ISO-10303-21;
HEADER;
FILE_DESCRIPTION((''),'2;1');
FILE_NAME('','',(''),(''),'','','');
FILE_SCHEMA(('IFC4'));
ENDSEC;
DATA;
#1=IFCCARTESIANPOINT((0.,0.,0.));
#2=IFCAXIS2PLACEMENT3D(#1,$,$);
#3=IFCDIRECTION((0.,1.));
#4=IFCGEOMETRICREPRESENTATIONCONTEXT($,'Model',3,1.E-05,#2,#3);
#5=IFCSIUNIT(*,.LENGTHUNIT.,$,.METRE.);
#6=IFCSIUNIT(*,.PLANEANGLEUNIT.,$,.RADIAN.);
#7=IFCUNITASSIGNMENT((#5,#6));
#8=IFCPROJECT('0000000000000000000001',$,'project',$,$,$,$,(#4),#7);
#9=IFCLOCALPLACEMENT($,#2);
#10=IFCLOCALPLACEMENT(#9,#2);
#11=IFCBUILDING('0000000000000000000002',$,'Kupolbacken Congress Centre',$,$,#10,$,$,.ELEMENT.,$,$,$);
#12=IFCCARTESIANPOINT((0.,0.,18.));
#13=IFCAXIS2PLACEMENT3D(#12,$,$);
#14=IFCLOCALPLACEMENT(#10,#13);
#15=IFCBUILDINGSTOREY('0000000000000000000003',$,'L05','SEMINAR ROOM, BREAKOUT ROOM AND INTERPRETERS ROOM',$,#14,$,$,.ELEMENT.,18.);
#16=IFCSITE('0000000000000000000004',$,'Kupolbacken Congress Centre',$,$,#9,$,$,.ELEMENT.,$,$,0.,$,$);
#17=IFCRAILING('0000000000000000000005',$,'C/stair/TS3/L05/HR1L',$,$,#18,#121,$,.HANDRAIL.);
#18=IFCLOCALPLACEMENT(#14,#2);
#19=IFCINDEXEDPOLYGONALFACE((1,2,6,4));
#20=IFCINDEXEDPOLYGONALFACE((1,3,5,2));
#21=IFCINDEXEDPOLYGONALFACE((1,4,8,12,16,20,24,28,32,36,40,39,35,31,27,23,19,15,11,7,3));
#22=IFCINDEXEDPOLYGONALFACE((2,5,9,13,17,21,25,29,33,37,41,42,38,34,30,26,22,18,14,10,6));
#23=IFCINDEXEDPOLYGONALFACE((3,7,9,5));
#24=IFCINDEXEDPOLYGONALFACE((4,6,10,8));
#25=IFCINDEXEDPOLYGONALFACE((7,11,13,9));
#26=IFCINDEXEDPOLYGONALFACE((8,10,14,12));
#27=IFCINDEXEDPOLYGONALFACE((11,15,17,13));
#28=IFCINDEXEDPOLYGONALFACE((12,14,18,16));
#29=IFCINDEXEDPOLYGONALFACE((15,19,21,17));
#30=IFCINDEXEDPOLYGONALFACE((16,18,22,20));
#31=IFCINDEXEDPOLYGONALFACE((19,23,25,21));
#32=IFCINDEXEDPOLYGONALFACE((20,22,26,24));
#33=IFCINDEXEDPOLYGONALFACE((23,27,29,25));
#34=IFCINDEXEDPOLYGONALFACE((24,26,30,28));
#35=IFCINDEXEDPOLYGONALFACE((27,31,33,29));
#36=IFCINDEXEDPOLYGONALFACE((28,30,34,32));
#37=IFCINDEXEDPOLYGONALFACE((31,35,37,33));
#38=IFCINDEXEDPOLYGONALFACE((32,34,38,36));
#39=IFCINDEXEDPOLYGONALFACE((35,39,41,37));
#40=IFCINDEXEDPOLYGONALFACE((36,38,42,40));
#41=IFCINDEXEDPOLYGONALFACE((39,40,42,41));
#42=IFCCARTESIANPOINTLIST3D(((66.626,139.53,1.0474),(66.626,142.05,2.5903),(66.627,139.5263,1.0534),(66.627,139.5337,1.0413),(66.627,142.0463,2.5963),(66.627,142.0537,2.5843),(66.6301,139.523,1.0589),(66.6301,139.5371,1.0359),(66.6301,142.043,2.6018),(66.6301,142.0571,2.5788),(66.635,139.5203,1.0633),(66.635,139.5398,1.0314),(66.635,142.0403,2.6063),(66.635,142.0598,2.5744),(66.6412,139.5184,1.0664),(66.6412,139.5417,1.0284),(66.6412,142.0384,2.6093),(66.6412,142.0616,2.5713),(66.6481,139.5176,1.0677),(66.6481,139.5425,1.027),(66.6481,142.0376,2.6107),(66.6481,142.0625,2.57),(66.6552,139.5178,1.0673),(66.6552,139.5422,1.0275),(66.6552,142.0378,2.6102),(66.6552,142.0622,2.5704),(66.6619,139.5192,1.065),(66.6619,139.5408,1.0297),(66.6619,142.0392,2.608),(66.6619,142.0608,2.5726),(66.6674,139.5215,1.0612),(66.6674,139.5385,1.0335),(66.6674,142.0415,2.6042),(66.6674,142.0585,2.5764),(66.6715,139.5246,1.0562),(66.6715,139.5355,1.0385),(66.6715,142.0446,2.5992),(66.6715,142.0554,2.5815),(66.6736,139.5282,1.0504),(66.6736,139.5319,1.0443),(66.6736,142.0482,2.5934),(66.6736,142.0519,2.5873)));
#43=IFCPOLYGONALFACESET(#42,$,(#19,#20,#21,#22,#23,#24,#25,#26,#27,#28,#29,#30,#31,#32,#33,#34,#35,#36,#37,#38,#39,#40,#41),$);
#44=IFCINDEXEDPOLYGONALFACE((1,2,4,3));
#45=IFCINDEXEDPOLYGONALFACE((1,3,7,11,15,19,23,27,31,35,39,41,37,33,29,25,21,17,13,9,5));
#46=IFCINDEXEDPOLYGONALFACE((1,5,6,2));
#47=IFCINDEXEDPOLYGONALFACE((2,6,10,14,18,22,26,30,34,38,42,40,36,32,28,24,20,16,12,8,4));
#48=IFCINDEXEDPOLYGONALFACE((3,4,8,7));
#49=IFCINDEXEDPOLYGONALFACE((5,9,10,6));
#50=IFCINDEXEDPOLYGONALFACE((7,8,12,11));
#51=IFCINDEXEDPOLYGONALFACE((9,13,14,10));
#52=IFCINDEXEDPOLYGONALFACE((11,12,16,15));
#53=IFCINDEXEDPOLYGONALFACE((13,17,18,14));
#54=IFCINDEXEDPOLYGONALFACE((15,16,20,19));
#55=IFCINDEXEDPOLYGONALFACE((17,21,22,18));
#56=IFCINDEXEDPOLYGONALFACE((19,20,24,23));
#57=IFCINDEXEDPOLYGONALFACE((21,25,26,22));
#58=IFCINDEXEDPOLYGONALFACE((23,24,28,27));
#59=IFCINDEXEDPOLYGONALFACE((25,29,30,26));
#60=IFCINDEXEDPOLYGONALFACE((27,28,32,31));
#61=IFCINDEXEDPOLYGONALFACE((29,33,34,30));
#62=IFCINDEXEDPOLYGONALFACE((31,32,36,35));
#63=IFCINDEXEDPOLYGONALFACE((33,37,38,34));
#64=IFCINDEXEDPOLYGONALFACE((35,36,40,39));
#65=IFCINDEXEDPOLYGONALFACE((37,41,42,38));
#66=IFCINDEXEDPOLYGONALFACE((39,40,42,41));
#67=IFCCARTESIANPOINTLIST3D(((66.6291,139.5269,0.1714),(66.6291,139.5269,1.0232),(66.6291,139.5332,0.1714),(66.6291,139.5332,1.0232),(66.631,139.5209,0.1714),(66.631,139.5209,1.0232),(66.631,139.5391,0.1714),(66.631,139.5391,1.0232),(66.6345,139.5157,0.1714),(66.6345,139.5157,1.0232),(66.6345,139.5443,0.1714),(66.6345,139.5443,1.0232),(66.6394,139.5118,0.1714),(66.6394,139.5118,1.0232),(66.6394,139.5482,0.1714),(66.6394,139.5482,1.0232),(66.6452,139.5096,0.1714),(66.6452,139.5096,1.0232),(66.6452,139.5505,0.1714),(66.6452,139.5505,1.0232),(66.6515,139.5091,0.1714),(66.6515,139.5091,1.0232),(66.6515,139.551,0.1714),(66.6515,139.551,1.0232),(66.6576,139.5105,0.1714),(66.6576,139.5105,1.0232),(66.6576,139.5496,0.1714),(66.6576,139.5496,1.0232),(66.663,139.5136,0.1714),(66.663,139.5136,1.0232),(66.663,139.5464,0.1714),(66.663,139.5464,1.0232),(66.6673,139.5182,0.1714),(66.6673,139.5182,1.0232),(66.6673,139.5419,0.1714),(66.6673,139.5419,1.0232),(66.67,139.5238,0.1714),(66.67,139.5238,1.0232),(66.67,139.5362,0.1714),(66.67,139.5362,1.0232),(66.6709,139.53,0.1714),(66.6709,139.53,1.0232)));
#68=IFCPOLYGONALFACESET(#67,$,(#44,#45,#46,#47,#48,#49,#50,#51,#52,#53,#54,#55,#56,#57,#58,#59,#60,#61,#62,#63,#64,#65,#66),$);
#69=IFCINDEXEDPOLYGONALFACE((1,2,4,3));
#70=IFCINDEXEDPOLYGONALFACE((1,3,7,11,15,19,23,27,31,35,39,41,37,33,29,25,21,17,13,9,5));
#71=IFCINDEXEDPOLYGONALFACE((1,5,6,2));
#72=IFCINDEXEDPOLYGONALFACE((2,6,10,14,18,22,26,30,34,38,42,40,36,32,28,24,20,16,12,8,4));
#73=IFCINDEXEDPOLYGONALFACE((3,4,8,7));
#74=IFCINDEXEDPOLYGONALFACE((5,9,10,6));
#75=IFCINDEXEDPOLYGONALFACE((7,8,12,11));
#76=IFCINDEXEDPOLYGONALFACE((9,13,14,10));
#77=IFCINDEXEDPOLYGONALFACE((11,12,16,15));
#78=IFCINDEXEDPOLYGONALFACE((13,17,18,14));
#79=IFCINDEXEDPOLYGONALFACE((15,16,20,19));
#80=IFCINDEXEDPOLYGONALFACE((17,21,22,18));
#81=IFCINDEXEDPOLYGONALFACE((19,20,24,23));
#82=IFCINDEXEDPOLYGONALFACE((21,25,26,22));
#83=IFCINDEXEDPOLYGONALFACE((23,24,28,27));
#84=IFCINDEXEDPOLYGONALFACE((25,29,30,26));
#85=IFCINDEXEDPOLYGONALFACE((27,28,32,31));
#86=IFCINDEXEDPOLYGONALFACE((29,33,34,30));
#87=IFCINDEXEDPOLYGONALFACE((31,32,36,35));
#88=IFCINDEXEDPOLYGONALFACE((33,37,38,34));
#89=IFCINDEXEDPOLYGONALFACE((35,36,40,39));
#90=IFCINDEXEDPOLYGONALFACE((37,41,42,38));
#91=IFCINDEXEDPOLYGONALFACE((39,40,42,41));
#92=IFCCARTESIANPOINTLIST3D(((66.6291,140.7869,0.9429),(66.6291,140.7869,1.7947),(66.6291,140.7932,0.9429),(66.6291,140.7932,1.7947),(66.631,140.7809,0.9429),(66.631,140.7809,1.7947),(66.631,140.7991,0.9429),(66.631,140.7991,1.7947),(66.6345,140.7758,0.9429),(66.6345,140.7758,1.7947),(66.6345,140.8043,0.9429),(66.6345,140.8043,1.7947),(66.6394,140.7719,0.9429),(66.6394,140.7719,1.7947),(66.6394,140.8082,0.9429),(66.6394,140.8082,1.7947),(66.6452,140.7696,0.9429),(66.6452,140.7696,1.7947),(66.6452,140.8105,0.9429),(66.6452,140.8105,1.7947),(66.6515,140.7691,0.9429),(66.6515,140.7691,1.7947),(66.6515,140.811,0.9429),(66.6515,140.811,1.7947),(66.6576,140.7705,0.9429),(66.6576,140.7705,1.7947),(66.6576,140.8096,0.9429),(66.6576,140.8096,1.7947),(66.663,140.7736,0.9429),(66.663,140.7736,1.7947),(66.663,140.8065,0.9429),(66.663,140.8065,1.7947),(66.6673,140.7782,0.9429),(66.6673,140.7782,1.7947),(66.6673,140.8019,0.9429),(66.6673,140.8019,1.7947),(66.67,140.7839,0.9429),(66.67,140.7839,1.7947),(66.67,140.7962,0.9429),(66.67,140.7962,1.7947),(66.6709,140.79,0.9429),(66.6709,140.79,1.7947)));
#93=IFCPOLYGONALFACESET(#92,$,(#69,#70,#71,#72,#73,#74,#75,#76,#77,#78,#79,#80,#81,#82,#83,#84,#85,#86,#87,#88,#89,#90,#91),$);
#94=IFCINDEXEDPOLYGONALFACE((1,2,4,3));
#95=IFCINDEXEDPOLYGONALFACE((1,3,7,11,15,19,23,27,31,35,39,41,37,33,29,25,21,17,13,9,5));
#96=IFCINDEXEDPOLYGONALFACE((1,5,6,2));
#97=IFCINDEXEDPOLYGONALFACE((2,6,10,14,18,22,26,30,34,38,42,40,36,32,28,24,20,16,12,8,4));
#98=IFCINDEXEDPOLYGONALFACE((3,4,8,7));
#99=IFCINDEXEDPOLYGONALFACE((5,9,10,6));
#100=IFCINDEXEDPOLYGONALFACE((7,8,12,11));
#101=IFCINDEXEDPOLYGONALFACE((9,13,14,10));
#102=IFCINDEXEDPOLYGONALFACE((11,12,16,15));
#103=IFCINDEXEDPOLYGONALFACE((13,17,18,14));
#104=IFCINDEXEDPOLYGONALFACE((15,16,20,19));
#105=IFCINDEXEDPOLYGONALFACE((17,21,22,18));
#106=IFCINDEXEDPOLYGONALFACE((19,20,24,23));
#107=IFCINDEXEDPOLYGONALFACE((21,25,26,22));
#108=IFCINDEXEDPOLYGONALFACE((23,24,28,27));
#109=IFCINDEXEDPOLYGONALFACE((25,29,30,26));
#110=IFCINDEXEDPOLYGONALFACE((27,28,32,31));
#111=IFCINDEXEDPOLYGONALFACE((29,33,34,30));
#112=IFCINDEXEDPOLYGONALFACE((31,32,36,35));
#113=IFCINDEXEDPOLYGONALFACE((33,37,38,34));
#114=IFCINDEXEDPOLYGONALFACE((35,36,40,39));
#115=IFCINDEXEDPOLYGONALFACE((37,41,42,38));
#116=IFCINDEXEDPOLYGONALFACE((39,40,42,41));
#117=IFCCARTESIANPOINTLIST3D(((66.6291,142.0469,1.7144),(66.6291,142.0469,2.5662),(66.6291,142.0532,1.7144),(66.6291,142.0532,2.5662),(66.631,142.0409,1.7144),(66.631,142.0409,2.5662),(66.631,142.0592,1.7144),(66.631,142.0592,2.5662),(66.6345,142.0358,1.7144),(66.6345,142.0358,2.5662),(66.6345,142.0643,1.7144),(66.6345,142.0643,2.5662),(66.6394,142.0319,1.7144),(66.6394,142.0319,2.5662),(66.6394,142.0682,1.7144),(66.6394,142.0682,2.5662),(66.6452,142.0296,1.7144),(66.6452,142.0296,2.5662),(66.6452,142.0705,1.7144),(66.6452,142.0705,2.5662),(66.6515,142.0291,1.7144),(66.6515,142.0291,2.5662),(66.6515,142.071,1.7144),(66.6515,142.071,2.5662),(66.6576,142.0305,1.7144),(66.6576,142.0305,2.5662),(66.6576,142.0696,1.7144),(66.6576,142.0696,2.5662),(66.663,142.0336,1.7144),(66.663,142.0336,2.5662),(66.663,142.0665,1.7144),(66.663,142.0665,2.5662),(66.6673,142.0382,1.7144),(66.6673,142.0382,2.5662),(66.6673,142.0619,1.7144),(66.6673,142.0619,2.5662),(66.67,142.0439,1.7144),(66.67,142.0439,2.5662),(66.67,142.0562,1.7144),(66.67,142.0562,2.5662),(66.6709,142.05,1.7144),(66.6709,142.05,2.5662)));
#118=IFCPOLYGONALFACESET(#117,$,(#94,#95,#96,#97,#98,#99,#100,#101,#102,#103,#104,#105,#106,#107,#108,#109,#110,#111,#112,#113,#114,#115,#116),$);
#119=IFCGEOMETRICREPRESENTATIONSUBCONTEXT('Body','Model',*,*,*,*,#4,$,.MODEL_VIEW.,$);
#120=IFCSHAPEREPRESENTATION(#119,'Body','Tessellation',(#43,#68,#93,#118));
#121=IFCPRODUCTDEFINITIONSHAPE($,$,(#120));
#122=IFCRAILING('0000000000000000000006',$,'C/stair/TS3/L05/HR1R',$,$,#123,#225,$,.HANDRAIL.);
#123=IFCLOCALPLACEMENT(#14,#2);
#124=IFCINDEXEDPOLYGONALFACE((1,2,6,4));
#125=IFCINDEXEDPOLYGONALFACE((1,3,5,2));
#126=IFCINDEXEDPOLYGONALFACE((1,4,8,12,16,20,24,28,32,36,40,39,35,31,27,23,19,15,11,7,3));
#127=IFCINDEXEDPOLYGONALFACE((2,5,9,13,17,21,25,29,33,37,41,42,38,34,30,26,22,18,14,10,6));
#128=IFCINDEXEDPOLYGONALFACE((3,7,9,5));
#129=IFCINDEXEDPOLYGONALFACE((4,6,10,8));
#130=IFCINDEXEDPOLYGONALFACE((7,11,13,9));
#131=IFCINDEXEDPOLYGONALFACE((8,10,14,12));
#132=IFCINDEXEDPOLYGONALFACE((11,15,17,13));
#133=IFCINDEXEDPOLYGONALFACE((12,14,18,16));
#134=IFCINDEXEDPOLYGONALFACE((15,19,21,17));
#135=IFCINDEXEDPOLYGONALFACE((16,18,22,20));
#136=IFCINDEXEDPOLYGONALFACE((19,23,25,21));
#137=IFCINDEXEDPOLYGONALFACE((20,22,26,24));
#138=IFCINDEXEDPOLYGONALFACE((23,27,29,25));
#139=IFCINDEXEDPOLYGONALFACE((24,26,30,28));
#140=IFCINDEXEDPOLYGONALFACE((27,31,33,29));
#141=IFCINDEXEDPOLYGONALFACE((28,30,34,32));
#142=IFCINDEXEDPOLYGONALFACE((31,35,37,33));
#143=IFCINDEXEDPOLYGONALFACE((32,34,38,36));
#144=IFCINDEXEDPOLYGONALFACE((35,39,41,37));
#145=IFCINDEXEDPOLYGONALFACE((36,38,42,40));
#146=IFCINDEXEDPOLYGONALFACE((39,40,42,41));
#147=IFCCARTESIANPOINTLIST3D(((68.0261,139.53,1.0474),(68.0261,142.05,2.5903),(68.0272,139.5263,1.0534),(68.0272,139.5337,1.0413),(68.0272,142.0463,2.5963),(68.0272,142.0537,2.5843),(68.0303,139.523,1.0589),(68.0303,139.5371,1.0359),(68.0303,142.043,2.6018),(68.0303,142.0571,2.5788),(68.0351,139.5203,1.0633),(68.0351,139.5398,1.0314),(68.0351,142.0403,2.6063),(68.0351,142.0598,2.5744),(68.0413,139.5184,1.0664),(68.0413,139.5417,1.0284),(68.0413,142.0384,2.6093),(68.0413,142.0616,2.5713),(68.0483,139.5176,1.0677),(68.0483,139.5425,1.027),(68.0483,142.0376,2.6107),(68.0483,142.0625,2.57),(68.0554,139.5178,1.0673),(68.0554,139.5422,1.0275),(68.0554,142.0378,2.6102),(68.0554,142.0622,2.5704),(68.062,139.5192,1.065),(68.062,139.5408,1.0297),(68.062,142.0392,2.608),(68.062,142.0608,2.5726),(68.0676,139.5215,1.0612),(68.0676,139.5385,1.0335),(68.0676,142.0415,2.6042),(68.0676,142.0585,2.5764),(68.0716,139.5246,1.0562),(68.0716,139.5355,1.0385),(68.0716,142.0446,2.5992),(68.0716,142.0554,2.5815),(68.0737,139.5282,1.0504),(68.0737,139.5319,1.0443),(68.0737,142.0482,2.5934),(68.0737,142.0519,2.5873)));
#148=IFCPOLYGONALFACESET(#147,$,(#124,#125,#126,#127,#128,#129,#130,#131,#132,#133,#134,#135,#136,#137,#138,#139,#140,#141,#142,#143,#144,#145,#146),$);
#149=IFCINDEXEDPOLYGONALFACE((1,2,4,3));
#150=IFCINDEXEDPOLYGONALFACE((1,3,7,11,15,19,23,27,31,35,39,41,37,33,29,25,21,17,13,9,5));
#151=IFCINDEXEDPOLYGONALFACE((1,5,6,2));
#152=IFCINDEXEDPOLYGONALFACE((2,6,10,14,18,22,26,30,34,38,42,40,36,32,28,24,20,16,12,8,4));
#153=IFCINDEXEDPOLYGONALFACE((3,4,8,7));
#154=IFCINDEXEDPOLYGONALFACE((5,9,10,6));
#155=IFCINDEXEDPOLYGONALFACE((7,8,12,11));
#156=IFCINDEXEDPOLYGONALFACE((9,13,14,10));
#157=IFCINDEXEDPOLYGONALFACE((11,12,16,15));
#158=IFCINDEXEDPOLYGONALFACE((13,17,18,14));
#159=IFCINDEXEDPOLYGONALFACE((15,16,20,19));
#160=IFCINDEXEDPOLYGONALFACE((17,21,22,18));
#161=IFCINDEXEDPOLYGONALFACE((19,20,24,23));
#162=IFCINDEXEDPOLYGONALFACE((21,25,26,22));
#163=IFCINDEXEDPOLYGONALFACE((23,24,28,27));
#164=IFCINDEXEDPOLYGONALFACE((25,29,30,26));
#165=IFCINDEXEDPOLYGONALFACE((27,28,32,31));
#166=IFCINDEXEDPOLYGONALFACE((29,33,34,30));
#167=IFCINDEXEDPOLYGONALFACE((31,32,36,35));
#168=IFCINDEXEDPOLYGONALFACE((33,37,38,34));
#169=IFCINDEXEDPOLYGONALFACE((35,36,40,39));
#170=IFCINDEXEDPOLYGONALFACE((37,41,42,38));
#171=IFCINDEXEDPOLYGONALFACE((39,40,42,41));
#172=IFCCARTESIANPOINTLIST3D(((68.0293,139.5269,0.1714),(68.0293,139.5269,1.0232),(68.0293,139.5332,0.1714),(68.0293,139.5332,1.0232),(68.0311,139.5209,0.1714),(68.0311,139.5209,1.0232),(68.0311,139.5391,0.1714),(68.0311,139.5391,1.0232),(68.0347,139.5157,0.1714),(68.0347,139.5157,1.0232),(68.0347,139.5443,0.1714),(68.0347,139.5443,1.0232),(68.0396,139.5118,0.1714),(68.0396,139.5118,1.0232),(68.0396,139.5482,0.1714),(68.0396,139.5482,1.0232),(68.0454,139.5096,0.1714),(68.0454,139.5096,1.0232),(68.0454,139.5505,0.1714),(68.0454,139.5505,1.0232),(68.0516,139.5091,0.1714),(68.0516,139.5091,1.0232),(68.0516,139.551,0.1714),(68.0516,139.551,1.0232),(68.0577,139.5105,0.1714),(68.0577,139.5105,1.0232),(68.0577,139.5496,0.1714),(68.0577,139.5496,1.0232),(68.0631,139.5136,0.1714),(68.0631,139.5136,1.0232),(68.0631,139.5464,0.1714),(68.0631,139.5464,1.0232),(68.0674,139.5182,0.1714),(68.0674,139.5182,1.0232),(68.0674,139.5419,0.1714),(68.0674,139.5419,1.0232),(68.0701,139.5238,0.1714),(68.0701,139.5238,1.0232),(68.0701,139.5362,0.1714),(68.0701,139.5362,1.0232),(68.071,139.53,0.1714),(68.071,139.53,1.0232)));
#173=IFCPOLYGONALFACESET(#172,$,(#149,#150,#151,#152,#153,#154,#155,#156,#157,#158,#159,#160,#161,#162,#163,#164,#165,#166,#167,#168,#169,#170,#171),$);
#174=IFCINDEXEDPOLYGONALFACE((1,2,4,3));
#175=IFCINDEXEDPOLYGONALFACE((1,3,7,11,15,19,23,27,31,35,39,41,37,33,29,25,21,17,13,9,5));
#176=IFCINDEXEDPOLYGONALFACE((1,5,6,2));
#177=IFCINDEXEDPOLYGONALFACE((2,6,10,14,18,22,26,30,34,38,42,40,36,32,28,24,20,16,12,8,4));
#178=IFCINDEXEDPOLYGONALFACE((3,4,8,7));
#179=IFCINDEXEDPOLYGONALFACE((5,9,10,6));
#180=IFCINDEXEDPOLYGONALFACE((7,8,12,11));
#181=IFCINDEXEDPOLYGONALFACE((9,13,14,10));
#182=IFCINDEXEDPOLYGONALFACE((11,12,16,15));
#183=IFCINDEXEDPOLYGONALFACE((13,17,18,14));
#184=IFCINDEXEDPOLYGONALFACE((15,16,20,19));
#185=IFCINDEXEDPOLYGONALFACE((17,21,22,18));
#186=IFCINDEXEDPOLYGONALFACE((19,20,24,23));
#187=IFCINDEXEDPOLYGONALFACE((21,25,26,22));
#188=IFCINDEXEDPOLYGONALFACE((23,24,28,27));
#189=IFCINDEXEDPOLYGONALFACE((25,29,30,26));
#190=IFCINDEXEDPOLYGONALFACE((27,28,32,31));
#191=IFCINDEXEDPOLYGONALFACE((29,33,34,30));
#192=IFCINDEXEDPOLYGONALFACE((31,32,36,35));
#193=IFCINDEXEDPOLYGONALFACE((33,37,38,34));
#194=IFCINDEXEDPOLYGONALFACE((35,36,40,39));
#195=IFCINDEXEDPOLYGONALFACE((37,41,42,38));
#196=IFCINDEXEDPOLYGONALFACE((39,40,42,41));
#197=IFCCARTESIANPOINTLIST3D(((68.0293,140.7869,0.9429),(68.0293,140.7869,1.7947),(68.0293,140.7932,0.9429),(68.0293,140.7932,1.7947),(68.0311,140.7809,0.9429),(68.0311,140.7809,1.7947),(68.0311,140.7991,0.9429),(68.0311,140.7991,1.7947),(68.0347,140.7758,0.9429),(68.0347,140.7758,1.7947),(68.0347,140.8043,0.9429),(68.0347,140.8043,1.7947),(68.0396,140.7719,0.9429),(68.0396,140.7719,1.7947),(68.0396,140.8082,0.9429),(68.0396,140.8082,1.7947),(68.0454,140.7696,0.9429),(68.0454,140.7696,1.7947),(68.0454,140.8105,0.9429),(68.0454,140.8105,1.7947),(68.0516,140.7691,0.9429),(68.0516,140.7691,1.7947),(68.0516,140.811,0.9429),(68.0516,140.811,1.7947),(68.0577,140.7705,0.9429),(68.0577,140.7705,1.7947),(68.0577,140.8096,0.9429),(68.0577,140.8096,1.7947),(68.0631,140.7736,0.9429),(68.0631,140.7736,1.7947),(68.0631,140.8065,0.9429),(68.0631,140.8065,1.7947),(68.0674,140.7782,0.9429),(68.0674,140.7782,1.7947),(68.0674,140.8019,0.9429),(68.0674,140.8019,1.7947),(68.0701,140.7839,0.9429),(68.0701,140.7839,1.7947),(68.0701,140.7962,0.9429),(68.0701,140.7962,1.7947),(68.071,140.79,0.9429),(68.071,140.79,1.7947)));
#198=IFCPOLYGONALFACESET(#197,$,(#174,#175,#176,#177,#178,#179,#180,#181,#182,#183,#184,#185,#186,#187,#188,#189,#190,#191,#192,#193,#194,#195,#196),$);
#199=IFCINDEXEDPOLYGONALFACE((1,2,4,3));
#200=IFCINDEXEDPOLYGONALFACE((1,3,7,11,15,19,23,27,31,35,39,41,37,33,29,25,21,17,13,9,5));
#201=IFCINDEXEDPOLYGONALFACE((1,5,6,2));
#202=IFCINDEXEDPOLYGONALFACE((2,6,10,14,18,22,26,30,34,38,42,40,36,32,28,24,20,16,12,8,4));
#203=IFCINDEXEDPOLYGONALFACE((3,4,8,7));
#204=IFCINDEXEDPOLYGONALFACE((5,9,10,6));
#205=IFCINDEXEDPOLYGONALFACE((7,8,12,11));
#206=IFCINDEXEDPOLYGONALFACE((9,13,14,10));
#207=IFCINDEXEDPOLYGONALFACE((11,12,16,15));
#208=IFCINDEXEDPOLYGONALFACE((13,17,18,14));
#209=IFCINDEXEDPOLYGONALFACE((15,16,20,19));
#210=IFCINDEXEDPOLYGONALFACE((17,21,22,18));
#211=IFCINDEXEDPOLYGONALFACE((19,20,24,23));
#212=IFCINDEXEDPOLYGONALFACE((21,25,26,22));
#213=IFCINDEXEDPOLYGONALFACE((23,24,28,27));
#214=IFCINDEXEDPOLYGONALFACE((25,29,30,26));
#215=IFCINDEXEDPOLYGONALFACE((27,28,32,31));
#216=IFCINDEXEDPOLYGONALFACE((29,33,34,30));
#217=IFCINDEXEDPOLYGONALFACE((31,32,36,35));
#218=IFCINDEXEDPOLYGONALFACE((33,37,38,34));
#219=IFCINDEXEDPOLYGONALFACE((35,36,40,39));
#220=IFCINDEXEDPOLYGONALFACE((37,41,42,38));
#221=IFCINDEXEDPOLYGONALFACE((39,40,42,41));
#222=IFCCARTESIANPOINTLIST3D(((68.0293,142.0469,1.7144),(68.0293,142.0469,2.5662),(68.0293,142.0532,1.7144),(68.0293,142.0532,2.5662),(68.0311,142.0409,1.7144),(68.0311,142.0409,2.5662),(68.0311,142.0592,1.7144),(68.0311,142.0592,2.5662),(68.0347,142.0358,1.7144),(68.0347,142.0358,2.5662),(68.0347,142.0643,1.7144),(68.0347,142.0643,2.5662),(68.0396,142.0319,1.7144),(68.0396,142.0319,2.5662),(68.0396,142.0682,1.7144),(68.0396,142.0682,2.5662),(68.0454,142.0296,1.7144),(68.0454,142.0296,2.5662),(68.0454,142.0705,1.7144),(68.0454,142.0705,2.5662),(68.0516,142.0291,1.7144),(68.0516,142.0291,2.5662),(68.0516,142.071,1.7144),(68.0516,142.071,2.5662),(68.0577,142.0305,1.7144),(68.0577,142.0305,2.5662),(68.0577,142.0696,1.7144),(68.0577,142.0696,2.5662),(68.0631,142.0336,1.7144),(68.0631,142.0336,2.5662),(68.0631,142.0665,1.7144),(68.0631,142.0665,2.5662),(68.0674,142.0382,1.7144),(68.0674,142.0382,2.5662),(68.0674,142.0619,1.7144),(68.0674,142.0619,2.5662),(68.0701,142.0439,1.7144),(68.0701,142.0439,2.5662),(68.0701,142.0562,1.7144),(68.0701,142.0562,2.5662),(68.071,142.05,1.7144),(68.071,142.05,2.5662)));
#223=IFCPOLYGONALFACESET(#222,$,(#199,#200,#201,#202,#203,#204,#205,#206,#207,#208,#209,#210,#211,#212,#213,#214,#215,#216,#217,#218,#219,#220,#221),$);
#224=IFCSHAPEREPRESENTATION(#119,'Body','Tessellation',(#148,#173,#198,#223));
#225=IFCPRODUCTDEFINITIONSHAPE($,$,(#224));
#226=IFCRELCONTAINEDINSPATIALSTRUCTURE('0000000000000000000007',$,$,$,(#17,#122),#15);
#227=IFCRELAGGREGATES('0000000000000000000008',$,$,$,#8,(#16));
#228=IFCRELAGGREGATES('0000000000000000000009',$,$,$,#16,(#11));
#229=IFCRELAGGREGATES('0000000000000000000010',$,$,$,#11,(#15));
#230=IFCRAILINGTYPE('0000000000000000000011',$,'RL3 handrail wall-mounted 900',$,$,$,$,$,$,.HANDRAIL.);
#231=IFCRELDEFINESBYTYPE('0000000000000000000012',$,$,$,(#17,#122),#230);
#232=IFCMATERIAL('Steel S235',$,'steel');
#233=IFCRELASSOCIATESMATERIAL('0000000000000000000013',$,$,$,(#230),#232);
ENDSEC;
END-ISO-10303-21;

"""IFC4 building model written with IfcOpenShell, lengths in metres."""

from ifc_helpers import new_model, si_unit, direction, frame, origin, origin_2d, place, context, subcontext, project, spatial, circle, extrude, material, type_object, element, save


model = new_model("IFC4")

# Units and contexts
model_context = context("Model", 3, precision=1e-05, world=origin(), true_north=direction((0.0, 1.0)))
body_context = subcontext(model_context, "Body", "Model", "MODEL_VIEW")
ifc_project = project(units=[si_unit("LENGTHUNIT", "METRE"), si_unit("PLANEANGLEUNIT", "RADIAN")], contexts=[model_context])

# Site, building, storey
site_placement = place(None, origin())
site = spatial("IfcSite", under=ifc_project, at=site_placement, Name="Kupolbacken Congress Centre", CompositionType="ELEMENT", RefElevation=0.0)
building_placement = place(site_placement, origin())
building = spatial("IfcBuilding", under=site, at=building_placement, Name="Kupolbacken Congress Centre", CompositionType="ELEMENT")
storey_placement = place(building_placement, frame((0.0, 0.0, 18.0)))
storey = spatial("IfcBuildingStorey", under=building, at=storey_placement, Name="L05", Description="SEMINAR ROOM, BREAKOUT ROOM AND INTERPRETERS ROOM", CompositionType="ELEMENT", Elevation=18.0)

# Railings
ifc_material_1 = material(Name="Steel S235", Category="steel")
railing_type = type_object("IfcRailingType", Name="RL3 handrail wall-mounted 900", PredefinedType="HANDRAIL", material=ifc_material_1)
for number, where, name in (
    (1, (66.6499, 139.53, 0.1714), "C/stair/TS3/L05/HR1L"),
    (2, (68.05, 139.53, 0.1714), "C/stair/TS3/L05/HR1R"),
):
    element("IfcRailing", number, at=place(storey_placement, frame(where)), inside=storey, type_object=railing_type, Name=name, PredefinedType="HANDRAIL", context=body_context, shape_type="SweptSolid", body=[
        extrude(circle(Radius=0.0239, at=origin_2d()), frame((0.0, 0.0, 0.876), z_axis=(0.0, 0.852836, 0.522178), x_axis=(-1.0, 0.0, 0.0)), (0.0, 0.0, 1.0), 2.9548),
        extrude(circle(Radius=0.021, at=origin_2d()), origin(), (0.0, 0.0, 1.0), 0.8518),
        extrude(circle(Radius=0.021, at=origin_2d()), frame((0.0, 1.26, 0.7715)), (0.0, 0.0, 1.0), 0.8518),
        extrude(circle(Radius=0.021, at=origin_2d()), frame((0.0, 2.52, 1.543)), (0.0, 0.0, 1.0), 0.8518),
    ])

save(model, "model.ifc")
